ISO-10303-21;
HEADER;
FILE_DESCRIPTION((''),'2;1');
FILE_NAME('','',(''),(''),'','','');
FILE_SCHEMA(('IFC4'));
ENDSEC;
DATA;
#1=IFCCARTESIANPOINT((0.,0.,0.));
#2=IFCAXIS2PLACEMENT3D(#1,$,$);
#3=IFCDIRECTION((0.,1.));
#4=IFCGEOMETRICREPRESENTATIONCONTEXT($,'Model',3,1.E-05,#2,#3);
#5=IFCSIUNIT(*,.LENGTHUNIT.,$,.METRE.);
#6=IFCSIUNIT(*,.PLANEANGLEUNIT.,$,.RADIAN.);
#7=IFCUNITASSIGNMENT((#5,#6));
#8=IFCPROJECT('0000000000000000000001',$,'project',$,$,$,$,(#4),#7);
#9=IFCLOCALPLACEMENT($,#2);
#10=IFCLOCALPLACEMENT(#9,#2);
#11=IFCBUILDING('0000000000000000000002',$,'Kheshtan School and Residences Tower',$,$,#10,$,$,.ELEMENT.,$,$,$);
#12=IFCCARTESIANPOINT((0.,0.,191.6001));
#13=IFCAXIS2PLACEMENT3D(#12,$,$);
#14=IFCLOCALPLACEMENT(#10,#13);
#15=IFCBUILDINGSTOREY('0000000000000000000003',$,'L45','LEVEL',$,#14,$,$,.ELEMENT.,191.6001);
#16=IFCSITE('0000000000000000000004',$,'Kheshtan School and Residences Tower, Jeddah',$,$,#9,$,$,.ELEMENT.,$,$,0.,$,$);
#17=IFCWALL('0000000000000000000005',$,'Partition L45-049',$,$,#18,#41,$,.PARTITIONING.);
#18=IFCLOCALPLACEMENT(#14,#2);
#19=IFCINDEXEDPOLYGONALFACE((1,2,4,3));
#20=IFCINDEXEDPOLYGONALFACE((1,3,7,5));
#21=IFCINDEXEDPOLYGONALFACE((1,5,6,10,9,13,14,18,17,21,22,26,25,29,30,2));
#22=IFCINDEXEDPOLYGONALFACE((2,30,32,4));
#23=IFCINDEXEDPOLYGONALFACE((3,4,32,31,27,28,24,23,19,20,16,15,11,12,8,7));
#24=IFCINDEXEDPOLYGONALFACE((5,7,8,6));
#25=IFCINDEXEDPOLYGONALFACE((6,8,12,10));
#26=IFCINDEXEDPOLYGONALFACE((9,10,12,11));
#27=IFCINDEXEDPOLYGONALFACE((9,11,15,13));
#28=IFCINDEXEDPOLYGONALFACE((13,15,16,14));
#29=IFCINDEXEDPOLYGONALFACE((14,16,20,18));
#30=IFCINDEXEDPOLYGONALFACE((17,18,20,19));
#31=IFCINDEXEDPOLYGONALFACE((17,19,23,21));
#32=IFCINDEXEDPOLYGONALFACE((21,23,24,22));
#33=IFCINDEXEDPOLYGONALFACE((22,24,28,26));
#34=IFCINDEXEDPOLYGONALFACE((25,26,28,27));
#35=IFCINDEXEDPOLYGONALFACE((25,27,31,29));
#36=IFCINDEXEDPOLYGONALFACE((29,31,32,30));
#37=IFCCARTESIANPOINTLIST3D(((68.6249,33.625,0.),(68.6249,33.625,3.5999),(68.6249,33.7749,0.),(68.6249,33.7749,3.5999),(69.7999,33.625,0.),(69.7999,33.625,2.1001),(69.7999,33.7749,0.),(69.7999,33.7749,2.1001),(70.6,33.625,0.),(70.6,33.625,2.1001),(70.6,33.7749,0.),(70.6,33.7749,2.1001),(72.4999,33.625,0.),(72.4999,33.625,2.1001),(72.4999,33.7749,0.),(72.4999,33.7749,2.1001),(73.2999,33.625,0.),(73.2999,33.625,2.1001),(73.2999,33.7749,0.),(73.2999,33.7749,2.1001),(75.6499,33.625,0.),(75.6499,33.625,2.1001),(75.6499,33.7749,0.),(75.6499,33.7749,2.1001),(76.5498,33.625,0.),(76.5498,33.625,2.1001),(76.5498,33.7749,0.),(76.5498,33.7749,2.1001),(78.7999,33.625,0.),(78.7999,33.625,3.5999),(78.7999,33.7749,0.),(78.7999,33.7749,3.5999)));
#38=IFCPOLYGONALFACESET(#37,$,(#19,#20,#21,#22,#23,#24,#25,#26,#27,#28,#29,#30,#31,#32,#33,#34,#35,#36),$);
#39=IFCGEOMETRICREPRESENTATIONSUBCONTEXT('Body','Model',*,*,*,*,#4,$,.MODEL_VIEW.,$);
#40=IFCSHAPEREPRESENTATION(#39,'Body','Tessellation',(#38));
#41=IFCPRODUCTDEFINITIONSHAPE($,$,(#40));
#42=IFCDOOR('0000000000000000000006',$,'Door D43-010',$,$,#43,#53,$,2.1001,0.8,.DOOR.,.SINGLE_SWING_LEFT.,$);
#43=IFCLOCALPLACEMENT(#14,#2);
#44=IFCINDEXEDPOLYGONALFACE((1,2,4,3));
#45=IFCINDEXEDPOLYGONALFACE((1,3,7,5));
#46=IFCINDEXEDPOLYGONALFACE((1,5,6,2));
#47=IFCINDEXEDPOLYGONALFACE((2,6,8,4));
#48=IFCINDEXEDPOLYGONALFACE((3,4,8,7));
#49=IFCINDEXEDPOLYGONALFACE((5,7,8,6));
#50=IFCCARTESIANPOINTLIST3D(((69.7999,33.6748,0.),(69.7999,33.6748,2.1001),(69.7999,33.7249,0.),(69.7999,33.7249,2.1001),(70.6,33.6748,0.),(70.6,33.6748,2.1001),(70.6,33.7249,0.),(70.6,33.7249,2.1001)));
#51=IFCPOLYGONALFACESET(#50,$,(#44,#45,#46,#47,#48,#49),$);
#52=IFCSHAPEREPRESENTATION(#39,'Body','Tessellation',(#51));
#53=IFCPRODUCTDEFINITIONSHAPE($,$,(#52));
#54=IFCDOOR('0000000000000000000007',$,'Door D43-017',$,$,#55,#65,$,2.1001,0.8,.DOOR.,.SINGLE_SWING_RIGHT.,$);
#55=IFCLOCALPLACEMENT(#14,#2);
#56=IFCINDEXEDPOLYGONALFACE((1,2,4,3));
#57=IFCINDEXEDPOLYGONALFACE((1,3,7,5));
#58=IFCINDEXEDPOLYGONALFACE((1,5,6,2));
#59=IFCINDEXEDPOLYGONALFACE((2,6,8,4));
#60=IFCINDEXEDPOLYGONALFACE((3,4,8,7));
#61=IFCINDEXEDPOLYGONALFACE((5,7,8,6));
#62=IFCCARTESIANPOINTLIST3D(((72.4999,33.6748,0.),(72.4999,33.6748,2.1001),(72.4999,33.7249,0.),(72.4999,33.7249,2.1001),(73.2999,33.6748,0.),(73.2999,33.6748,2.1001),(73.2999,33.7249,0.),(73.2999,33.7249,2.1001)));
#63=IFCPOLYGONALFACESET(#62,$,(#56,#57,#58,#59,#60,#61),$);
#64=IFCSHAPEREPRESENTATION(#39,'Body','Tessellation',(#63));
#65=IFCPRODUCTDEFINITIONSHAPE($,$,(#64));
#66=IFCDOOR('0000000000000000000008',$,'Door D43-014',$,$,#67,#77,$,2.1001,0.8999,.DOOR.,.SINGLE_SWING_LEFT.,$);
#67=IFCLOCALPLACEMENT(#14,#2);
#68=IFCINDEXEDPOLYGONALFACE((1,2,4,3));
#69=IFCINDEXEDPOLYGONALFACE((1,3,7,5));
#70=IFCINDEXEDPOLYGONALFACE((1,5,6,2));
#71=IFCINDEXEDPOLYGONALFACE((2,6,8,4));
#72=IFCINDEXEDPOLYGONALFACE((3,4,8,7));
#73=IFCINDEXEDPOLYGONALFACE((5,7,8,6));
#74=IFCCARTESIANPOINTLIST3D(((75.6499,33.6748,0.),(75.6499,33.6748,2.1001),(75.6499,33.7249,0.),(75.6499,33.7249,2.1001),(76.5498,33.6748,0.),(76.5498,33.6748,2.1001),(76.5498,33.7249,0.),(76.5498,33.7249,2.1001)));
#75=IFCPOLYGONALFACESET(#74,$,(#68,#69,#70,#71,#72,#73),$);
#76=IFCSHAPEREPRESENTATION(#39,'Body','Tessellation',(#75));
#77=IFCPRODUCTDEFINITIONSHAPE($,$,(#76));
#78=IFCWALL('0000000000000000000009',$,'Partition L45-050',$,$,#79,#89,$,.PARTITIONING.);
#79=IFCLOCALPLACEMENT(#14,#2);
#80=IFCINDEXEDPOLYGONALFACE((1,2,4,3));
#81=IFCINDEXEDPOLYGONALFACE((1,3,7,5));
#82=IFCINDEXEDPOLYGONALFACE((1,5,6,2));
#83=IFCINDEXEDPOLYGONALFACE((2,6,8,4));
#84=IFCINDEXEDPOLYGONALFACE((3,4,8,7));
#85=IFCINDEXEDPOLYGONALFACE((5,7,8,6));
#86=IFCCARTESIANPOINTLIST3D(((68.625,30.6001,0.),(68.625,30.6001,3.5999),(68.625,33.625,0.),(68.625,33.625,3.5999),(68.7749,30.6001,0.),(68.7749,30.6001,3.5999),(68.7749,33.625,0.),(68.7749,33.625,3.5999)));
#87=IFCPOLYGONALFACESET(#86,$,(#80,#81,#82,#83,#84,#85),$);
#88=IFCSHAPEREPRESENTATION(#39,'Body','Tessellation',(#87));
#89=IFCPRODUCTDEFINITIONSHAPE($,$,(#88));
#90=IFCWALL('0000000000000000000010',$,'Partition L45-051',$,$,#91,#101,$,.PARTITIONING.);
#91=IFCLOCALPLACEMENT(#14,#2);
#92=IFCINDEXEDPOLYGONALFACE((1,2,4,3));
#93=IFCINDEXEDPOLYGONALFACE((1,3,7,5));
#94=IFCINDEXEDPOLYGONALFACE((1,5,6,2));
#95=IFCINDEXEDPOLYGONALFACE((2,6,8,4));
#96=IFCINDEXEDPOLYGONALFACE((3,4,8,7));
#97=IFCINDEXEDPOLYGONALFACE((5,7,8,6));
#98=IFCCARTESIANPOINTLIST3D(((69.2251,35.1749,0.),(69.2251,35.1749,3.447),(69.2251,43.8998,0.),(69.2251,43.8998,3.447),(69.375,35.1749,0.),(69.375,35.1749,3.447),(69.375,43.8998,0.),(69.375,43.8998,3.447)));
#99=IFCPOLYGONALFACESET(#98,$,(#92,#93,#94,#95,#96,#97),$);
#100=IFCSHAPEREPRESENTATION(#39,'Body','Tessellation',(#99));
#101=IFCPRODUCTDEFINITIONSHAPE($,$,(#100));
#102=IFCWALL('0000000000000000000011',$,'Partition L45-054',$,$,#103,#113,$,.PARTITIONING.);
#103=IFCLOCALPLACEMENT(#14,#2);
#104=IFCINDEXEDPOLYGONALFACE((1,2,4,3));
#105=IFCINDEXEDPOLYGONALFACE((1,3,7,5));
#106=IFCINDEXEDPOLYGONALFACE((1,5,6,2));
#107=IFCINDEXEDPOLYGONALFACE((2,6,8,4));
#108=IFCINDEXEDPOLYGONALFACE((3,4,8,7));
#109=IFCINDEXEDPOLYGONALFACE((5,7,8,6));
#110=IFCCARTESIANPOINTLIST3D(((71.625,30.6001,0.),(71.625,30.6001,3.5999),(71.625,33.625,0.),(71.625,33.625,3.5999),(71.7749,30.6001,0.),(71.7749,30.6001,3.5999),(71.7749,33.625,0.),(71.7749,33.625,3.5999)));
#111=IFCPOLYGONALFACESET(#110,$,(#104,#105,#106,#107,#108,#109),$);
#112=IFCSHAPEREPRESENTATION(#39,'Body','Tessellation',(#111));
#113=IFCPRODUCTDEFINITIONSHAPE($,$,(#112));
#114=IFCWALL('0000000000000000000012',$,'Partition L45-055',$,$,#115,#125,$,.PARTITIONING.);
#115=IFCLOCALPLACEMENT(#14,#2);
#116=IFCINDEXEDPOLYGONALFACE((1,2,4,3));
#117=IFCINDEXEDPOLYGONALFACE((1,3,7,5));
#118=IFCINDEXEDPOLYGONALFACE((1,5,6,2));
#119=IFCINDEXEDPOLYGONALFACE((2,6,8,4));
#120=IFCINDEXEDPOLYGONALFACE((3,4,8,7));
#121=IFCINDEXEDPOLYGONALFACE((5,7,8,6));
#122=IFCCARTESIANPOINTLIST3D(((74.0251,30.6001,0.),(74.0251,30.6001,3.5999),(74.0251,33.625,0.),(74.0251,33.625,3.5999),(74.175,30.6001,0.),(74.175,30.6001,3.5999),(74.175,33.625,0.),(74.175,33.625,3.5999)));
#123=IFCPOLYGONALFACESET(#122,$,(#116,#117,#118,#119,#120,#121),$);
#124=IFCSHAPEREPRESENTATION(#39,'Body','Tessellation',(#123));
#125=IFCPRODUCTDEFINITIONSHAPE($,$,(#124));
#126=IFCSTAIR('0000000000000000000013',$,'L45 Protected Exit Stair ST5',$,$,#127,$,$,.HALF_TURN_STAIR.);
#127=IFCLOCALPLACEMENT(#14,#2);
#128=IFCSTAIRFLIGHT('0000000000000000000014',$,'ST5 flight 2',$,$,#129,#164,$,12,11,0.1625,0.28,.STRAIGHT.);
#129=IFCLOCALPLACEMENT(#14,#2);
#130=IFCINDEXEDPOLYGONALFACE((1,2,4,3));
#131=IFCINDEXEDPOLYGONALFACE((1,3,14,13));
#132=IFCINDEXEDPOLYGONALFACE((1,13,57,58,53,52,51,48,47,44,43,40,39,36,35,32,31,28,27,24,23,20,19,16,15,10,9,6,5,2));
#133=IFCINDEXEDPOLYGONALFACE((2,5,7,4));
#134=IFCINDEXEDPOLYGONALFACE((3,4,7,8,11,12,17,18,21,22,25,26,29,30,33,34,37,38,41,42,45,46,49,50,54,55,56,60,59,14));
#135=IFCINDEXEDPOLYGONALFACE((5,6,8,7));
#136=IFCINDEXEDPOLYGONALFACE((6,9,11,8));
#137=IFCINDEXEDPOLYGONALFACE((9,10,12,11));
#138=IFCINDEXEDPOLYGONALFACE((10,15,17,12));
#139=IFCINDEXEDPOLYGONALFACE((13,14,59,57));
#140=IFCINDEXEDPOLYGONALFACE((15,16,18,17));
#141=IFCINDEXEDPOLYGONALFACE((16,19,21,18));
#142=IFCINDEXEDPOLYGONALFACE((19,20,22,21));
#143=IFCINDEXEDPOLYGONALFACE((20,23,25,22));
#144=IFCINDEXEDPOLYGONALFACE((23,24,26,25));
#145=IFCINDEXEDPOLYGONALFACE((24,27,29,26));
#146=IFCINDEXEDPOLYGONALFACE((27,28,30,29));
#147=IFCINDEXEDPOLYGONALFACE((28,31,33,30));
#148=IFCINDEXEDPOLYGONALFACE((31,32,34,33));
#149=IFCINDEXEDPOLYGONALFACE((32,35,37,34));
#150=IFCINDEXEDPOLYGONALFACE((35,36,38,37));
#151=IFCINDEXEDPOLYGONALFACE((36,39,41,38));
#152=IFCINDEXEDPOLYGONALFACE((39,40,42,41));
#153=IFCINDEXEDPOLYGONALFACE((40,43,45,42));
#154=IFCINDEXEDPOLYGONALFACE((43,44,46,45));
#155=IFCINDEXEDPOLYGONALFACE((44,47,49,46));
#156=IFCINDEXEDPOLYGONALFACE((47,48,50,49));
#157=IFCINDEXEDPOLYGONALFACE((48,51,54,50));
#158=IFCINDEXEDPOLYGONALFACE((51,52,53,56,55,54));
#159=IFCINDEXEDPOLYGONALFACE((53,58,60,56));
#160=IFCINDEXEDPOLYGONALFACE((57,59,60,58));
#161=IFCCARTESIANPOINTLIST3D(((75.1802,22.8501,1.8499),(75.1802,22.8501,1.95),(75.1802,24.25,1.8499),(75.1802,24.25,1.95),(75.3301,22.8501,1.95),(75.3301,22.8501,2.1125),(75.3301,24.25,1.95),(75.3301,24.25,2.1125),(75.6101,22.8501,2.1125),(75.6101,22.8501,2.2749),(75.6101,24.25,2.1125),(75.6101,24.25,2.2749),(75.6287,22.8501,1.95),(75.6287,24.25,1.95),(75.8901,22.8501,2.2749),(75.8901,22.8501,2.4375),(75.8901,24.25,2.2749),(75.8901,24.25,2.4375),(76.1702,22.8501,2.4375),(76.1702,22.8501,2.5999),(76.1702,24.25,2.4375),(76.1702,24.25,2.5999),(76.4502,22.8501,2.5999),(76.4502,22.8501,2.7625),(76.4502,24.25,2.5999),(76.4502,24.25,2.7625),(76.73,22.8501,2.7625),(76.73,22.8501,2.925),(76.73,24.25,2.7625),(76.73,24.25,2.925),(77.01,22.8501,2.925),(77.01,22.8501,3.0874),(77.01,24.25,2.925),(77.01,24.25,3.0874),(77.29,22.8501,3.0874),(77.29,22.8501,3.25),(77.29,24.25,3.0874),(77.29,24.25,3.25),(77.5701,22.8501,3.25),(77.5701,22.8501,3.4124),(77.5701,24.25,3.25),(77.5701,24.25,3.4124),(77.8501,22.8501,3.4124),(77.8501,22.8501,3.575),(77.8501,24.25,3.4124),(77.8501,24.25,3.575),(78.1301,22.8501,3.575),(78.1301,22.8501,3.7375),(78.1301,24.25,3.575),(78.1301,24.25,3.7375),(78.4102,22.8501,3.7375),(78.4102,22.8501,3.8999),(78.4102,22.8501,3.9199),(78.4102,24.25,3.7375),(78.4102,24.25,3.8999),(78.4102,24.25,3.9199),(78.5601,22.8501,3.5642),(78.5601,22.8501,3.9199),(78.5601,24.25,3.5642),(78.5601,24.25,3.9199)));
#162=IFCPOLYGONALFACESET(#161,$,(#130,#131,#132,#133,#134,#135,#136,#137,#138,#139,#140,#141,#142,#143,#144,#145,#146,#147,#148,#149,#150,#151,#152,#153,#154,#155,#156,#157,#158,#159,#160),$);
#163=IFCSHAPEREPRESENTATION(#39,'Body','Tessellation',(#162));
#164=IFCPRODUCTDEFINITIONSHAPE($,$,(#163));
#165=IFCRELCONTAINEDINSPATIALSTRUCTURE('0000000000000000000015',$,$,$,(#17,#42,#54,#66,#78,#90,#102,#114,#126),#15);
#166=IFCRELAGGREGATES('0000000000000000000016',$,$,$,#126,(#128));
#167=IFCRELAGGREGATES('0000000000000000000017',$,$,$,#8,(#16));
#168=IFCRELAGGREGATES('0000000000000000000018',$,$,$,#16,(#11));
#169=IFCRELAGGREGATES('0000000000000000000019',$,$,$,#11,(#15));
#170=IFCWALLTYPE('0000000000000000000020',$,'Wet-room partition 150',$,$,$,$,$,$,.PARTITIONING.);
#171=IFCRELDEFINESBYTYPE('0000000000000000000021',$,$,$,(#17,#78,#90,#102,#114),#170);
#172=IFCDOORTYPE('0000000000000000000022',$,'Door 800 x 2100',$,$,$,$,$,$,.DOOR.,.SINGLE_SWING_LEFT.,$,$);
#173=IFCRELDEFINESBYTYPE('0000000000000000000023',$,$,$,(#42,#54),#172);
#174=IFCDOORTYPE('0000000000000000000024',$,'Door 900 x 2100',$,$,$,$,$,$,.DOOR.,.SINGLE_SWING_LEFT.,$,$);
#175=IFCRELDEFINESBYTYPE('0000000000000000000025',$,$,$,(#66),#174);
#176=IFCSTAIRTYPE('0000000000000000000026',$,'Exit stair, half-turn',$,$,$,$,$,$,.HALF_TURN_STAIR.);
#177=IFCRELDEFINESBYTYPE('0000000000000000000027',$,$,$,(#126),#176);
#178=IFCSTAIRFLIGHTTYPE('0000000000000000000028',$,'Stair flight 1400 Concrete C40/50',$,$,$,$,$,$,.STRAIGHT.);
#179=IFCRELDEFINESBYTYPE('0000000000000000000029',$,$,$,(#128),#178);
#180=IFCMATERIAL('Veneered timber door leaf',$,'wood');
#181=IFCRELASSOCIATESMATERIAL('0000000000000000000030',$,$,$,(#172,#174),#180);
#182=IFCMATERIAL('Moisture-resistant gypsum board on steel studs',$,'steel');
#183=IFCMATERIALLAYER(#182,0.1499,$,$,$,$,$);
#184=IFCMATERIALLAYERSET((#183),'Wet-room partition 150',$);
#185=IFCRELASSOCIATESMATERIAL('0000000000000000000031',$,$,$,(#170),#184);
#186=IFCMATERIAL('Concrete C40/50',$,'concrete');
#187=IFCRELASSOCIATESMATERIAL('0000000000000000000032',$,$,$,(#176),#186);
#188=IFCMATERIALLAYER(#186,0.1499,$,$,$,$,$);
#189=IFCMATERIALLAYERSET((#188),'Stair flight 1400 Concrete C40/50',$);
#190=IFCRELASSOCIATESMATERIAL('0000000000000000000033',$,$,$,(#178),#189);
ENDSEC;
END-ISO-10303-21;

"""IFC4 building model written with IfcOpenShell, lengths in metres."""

from ifc_helpers import new_model, si_unit, direction, frame, frame_2d, origin, place, context, subcontext, project, spatial, polyline, rectangle, outline, extrude, source, transform, mapped, material, layer, layer_set, type_object, element, fill, aggregate, save


model = new_model("IFC4")

# Units and contexts
model_context = context("Model", 3, precision=1e-05, world=origin(), true_north=direction((0.0, 1.0)))
body_context = subcontext(model_context, "Body", "Model", "MODEL_VIEW")
ifc_project = project(units=[si_unit("LENGTHUNIT", "METRE"), si_unit("PLANEANGLEUNIT", "RADIAN")], contexts=[model_context])

# Site, building, storey
site_placement = place(None, origin())
site = spatial("IfcSite", under=ifc_project, at=site_placement, Name="Kheshtan School and Residences Tower, Jeddah", CompositionType="ELEMENT", RefElevation=0.0)
building_placement = place(site_placement, origin())
building = spatial("IfcBuilding", under=site, at=building_placement, Name="Kheshtan School and Residences Tower", CompositionType="ELEMENT")
storey_placement = place(building_placement, frame((0.0, 0.0, 191.6001)))
storey = spatial("IfcBuildingStorey", under=building, at=storey_placement, Name="L45", Description="LEVEL", CompositionType="ELEMENT", Elevation=191.6001)

# Shared definitions
ifc_material_1 = material(Name="Veneered timber door leaf", Category="wood")
door_type_1 = type_object("IfcDoorType", Name="Door 800 x 2100", OperationType="SINGLE_SWING_LEFT", PredefinedType="DOOR", material=ifc_material_1)
shared_shape_1 = source(origin(), body_context, "Body", "SweptSolid", [
    extrude(rectangle(XDim=0.8, YDim=2.1001, at=frame_2d((0.3999, 1.05))), frame((0.0, 0.0249, 0.0), z_axis=(0.0, -1.0, 0.0), x_axis=(1.0, 0.0, 0.0)), (0.0, 0.0, 1.0), 0.05),
])

# Shared definitions
ifc_material_2 = material(Name="Concrete C40/50", Category="concrete")

# Wall, openings, doors
ifc_material_3 = material(Name="Moisture-resistant gypsum board on steel studs", Category="steel")
ifc_layer_1 = layer(ifc_material_3, 0.1499)
ifc_layer_set_1 = layer_set([ifc_layer_1], Name="Wet-room partition 150")
wall_type_1 = type_object("IfcWallType", Name="Wet-room partition 150", PredefinedType="PARTITIONING", material=ifc_layer_set_1)
door_type_2 = type_object("IfcDoorType", Name="Door 900 x 2100", OperationType="SINGLE_SWING_LEFT", PredefinedType="DOOR", material=ifc_material_1)
shared_shape_2 = source(origin(), body_context, "Body", "SweptSolid", [
    extrude(rectangle(XDim=0.8999, YDim=2.1001, at=frame_2d((0.45, 1.05))), frame((0.0, 0.0249, 0.0), z_axis=(0.0, -1.0, 0.0), x_axis=(1.0, 0.0, 0.0)), (0.0, 0.0, 1.0), 0.05),
])
wall_1_placement = place(storey_placement, frame((68.625, 33.7, 0.0), z_axis=(0.0, 0.0, 1.0), x_axis=(1.0, 0.0, 0.0)))
wall_1 = element("IfcWall", 1, at=wall_1_placement, inside=storey, type_object=wall_type_1, Name="Partition L45-049", PredefinedType="PARTITIONING", context=body_context, shape_type="SweptSolid", body=[
    extrude(rectangle(XDim=10.175, YDim=0.1499, at=frame_2d((5.0874, 0.0))), origin(), (0.0, 0.0, 1.0), 3.5999),
])
opening_1_placement = place(wall_1_placement, frame((1.175, 0.0, 0.0)))
opening_1 = element("IfcOpeningElement", 2, at=opening_1_placement, cuts=wall_1, PredefinedType="OPENING", context=body_context, shape_type="SweptSolid", body=[
    extrude(rectangle(XDim=0.8, YDim=2.1001, at=frame_2d((0.3999, 1.05))), frame((0.0, 0.085, 0.0), z_axis=(0.0, -1.0, 0.0), x_axis=(1.0, 0.0, 0.0)), (0.0, 0.0, 1.0), 0.1699),
])
opening_2_placement = place(wall_1_placement, frame((7.0249, 0.0, 0.0)))
opening_2 = element("IfcOpeningElement", 3, at=opening_2_placement, cuts=wall_1, PredefinedType="OPENING", context=body_context, shape_type="SweptSolid", body=[
    extrude(rectangle(XDim=0.8999, YDim=2.1001, at=frame_2d((0.45, 1.05))), frame((0.0, 0.085, 0.0), z_axis=(0.0, -1.0, 0.0), x_axis=(1.0, 0.0, 0.0)), (0.0, 0.0, 1.0), 0.1699),
])
opening_3_placement = place(wall_1_placement, frame((3.875, 0.0, 0.0)))
opening_3 = element("IfcOpeningElement", 4, at=opening_3_placement, cuts=wall_1, PredefinedType="OPENING", context=body_context, shape_type="SweptSolid", body=[
    extrude(rectangle(XDim=0.8, YDim=2.1001, at=frame_2d((0.3999, 1.05))), frame((0.0, 0.085, 0.0), z_axis=(0.0, -1.0, 0.0), x_axis=(1.0, 0.0, 0.0)), (0.0, 0.0, 1.0), 0.1699),
])
door_1_placement = place(opening_1_placement, origin())
door_1 = element("IfcDoor", 5, at=door_1_placement, inside=storey, type_object=door_type_1, Name="Door D43-010", OperationType="SINGLE_SWING_LEFT", OverallHeight=2.1001, OverallWidth=0.8, PredefinedType="DOOR", context=body_context, shape_type="MappedRepresentation", body=[
    mapped(shared_shape_1, transform((0.0, 0.0, 0.0), x_axis=(1.0, 0.0, 0.0), y_axis=(0.0, 1.0, 0.0), z_axis=(0.0, 0.0, 1.0), scale=1.0)),
])
fill(opening_1, door_1)
door_2_placement = place(opening_3_placement, origin())
door_2 = element("IfcDoor", 6, at=door_2_placement, inside=storey, type_object=door_type_1, Name="Door D43-017", OperationType="SINGLE_SWING_RIGHT", OverallHeight=2.1001, OverallWidth=0.8, PredefinedType="DOOR", context=body_context, shape_type="MappedRepresentation", body=[
    mapped(shared_shape_1, transform((0.0, 0.0, 0.0), x_axis=(1.0, 0.0, 0.0), y_axis=(0.0, 1.0, 0.0), z_axis=(0.0, 0.0, 1.0), scale=1.0)),
])
fill(opening_3, door_2)
door_3_placement = place(opening_2_placement, origin())
door_3 = element("IfcDoor", 7, at=door_3_placement, inside=storey, type_object=door_type_2, Name="Door D43-014", OperationType="SINGLE_SWING_LEFT", OverallHeight=2.1001, OverallWidth=0.8999, PredefinedType="DOOR", context=body_context, shape_type="MappedRepresentation", body=[
    mapped(shared_shape_2, transform((0.0, 0.0, 0.0), x_axis=(1.0, 0.0, 0.0), y_axis=(0.0, 1.0, 0.0), z_axis=(0.0, 0.0, 1.0), scale=1.0)),
])
fill(opening_2, door_3)

# Walls
wall_2_placement = place(storey_placement, frame((68.7, 30.6001, 0.0), z_axis=(0.0, 0.0, 1.0), x_axis=(0.0, 1.0, 0.0)))
element("IfcWall", 8, at=wall_2_placement, inside=storey, type_object=wall_type_1, Name="Partition L45-050", PredefinedType="PARTITIONING", context=body_context, shape_type="SweptSolid", body=[
    extrude(rectangle(XDim=3.0249, YDim=0.1499, at=frame_2d((1.5125, 0.0))), origin(), (0.0, 0.0, 1.0), 3.5999),
])
wall_3_placement = place(storey_placement, frame((69.3, 35.175, 0.0), z_axis=(0.0, 0.0, 1.0), x_axis=(0.0, 1.0, 0.0)))
element("IfcWall", 9, at=wall_3_placement, inside=storey, type_object=wall_type_1, Name="Partition L45-051", PredefinedType="PARTITIONING", context=body_context, shape_type="SweptSolid", body=[
    extrude(rectangle(XDim=8.7249, YDim=0.1499, at=frame_2d((4.3623, 0.0))), origin(), (0.0, 0.0, 1.0), 3.447),
])
for number, where, z_axis, x_axis, name in (
    (10, (71.7, 30.6001, 0.0), (0.0, 0.0, 1.0), (0.0, 1.0, 0.0), "Partition L45-054"),
    (11, (74.1001, 30.6001, 0.0), (0.0, 0.0, 1.0), (0.0, 1.0, 0.0), "Partition L45-055"),
):
    element("IfcWall", number, at=place(storey_placement, frame(where, z_axis=z_axis, x_axis=x_axis)), inside=storey, type_object=wall_type_1, Name=name, PredefinedType="PARTITIONING", context=body_context, shape_type="SweptSolid", body=[
        extrude(rectangle(XDim=3.0249, YDim=0.1499, at=frame_2d((1.5125, 0.0))), origin(), (0.0, 0.0, 1.0), 3.5999),
    ])

# Stair, stair flight
stair_type = type_object("IfcStairType", Name="Exit stair, half-turn", PredefinedType="HALF_TURN_STAIR", material=ifc_material_2)
stair_placement = place(storey_placement, origin())
stair = element("IfcStair", 12, at=stair_placement, inside=storey, type_object=stair_type, Name="L45 Protected Exit Stair ST5", PredefinedType="HALF_TURN_STAIR")
ifc_layer_2 = layer(ifc_material_2, 0.1499)
ifc_layer_set_2 = layer_set([ifc_layer_2], Name="Stair flight 1400 Concrete C40/50")
stair_flight_type = type_object("IfcStairFlightType", Name="Stair flight 1400 Concrete C40/50", PredefinedType="STRAIGHT", material=ifc_layer_set_2)
stair_flight_placement = place(storey_placement, frame((75.3301, 23.55, 1.95), z_axis=(0.0, 0.0, 1.0), x_axis=(1.0, 0.0, 0.0)))
stair_flight = element("IfcStairFlight", 13, at=stair_flight_placement, type_object=stair_flight_type, Name="ST5 flight 2", NumberOfRisers=12, NumberOfTreads=11, PredefinedType="STRAIGHT", RiserHeight=0.1625, TreadLength=0.28, context=body_context, shape_type="SweptSolid", body=[
    extrude(outline(polyline([(-0.1499, -0.1001), (-0.1499, 0.0), (0.0, 0.0), (0.0, 0.1626), (0.28, 0.1626), (0.28, 0.325), (0.5601, 0.325), (0.5601, 0.4875), (0.8401, 0.4875), (0.8401, 0.6499), (1.1201, 0.6499), (1.1201, 0.8125), (1.3999, 0.8125), (1.3999, 0.9751), (1.6799, 0.9751), (1.6799, 1.1375), (1.96, 1.1375), (1.96, 1.3), (2.24, 1.3), (2.24, 1.4624), (2.52, 1.4624), (2.52, 1.625), (2.8, 1.625), (2.8, 1.7876), (3.0801, 1.7876), (3.0801, 1.95), (3.0801, 1.97), (3.23, 1.97), (3.23, 1.6143), (0.2986, 0.0), (-0.1499, -0.1001)])), frame((0.0, 0.7, 0.0), z_axis=(0.0, -1.0, 0.0), x_axis=(1.0, 0.0, 0.0)), (0.0, 0.0, 1.0), 1.3999),
])
aggregate(stair, [stair_flight])

save(model, "model.ifc")
